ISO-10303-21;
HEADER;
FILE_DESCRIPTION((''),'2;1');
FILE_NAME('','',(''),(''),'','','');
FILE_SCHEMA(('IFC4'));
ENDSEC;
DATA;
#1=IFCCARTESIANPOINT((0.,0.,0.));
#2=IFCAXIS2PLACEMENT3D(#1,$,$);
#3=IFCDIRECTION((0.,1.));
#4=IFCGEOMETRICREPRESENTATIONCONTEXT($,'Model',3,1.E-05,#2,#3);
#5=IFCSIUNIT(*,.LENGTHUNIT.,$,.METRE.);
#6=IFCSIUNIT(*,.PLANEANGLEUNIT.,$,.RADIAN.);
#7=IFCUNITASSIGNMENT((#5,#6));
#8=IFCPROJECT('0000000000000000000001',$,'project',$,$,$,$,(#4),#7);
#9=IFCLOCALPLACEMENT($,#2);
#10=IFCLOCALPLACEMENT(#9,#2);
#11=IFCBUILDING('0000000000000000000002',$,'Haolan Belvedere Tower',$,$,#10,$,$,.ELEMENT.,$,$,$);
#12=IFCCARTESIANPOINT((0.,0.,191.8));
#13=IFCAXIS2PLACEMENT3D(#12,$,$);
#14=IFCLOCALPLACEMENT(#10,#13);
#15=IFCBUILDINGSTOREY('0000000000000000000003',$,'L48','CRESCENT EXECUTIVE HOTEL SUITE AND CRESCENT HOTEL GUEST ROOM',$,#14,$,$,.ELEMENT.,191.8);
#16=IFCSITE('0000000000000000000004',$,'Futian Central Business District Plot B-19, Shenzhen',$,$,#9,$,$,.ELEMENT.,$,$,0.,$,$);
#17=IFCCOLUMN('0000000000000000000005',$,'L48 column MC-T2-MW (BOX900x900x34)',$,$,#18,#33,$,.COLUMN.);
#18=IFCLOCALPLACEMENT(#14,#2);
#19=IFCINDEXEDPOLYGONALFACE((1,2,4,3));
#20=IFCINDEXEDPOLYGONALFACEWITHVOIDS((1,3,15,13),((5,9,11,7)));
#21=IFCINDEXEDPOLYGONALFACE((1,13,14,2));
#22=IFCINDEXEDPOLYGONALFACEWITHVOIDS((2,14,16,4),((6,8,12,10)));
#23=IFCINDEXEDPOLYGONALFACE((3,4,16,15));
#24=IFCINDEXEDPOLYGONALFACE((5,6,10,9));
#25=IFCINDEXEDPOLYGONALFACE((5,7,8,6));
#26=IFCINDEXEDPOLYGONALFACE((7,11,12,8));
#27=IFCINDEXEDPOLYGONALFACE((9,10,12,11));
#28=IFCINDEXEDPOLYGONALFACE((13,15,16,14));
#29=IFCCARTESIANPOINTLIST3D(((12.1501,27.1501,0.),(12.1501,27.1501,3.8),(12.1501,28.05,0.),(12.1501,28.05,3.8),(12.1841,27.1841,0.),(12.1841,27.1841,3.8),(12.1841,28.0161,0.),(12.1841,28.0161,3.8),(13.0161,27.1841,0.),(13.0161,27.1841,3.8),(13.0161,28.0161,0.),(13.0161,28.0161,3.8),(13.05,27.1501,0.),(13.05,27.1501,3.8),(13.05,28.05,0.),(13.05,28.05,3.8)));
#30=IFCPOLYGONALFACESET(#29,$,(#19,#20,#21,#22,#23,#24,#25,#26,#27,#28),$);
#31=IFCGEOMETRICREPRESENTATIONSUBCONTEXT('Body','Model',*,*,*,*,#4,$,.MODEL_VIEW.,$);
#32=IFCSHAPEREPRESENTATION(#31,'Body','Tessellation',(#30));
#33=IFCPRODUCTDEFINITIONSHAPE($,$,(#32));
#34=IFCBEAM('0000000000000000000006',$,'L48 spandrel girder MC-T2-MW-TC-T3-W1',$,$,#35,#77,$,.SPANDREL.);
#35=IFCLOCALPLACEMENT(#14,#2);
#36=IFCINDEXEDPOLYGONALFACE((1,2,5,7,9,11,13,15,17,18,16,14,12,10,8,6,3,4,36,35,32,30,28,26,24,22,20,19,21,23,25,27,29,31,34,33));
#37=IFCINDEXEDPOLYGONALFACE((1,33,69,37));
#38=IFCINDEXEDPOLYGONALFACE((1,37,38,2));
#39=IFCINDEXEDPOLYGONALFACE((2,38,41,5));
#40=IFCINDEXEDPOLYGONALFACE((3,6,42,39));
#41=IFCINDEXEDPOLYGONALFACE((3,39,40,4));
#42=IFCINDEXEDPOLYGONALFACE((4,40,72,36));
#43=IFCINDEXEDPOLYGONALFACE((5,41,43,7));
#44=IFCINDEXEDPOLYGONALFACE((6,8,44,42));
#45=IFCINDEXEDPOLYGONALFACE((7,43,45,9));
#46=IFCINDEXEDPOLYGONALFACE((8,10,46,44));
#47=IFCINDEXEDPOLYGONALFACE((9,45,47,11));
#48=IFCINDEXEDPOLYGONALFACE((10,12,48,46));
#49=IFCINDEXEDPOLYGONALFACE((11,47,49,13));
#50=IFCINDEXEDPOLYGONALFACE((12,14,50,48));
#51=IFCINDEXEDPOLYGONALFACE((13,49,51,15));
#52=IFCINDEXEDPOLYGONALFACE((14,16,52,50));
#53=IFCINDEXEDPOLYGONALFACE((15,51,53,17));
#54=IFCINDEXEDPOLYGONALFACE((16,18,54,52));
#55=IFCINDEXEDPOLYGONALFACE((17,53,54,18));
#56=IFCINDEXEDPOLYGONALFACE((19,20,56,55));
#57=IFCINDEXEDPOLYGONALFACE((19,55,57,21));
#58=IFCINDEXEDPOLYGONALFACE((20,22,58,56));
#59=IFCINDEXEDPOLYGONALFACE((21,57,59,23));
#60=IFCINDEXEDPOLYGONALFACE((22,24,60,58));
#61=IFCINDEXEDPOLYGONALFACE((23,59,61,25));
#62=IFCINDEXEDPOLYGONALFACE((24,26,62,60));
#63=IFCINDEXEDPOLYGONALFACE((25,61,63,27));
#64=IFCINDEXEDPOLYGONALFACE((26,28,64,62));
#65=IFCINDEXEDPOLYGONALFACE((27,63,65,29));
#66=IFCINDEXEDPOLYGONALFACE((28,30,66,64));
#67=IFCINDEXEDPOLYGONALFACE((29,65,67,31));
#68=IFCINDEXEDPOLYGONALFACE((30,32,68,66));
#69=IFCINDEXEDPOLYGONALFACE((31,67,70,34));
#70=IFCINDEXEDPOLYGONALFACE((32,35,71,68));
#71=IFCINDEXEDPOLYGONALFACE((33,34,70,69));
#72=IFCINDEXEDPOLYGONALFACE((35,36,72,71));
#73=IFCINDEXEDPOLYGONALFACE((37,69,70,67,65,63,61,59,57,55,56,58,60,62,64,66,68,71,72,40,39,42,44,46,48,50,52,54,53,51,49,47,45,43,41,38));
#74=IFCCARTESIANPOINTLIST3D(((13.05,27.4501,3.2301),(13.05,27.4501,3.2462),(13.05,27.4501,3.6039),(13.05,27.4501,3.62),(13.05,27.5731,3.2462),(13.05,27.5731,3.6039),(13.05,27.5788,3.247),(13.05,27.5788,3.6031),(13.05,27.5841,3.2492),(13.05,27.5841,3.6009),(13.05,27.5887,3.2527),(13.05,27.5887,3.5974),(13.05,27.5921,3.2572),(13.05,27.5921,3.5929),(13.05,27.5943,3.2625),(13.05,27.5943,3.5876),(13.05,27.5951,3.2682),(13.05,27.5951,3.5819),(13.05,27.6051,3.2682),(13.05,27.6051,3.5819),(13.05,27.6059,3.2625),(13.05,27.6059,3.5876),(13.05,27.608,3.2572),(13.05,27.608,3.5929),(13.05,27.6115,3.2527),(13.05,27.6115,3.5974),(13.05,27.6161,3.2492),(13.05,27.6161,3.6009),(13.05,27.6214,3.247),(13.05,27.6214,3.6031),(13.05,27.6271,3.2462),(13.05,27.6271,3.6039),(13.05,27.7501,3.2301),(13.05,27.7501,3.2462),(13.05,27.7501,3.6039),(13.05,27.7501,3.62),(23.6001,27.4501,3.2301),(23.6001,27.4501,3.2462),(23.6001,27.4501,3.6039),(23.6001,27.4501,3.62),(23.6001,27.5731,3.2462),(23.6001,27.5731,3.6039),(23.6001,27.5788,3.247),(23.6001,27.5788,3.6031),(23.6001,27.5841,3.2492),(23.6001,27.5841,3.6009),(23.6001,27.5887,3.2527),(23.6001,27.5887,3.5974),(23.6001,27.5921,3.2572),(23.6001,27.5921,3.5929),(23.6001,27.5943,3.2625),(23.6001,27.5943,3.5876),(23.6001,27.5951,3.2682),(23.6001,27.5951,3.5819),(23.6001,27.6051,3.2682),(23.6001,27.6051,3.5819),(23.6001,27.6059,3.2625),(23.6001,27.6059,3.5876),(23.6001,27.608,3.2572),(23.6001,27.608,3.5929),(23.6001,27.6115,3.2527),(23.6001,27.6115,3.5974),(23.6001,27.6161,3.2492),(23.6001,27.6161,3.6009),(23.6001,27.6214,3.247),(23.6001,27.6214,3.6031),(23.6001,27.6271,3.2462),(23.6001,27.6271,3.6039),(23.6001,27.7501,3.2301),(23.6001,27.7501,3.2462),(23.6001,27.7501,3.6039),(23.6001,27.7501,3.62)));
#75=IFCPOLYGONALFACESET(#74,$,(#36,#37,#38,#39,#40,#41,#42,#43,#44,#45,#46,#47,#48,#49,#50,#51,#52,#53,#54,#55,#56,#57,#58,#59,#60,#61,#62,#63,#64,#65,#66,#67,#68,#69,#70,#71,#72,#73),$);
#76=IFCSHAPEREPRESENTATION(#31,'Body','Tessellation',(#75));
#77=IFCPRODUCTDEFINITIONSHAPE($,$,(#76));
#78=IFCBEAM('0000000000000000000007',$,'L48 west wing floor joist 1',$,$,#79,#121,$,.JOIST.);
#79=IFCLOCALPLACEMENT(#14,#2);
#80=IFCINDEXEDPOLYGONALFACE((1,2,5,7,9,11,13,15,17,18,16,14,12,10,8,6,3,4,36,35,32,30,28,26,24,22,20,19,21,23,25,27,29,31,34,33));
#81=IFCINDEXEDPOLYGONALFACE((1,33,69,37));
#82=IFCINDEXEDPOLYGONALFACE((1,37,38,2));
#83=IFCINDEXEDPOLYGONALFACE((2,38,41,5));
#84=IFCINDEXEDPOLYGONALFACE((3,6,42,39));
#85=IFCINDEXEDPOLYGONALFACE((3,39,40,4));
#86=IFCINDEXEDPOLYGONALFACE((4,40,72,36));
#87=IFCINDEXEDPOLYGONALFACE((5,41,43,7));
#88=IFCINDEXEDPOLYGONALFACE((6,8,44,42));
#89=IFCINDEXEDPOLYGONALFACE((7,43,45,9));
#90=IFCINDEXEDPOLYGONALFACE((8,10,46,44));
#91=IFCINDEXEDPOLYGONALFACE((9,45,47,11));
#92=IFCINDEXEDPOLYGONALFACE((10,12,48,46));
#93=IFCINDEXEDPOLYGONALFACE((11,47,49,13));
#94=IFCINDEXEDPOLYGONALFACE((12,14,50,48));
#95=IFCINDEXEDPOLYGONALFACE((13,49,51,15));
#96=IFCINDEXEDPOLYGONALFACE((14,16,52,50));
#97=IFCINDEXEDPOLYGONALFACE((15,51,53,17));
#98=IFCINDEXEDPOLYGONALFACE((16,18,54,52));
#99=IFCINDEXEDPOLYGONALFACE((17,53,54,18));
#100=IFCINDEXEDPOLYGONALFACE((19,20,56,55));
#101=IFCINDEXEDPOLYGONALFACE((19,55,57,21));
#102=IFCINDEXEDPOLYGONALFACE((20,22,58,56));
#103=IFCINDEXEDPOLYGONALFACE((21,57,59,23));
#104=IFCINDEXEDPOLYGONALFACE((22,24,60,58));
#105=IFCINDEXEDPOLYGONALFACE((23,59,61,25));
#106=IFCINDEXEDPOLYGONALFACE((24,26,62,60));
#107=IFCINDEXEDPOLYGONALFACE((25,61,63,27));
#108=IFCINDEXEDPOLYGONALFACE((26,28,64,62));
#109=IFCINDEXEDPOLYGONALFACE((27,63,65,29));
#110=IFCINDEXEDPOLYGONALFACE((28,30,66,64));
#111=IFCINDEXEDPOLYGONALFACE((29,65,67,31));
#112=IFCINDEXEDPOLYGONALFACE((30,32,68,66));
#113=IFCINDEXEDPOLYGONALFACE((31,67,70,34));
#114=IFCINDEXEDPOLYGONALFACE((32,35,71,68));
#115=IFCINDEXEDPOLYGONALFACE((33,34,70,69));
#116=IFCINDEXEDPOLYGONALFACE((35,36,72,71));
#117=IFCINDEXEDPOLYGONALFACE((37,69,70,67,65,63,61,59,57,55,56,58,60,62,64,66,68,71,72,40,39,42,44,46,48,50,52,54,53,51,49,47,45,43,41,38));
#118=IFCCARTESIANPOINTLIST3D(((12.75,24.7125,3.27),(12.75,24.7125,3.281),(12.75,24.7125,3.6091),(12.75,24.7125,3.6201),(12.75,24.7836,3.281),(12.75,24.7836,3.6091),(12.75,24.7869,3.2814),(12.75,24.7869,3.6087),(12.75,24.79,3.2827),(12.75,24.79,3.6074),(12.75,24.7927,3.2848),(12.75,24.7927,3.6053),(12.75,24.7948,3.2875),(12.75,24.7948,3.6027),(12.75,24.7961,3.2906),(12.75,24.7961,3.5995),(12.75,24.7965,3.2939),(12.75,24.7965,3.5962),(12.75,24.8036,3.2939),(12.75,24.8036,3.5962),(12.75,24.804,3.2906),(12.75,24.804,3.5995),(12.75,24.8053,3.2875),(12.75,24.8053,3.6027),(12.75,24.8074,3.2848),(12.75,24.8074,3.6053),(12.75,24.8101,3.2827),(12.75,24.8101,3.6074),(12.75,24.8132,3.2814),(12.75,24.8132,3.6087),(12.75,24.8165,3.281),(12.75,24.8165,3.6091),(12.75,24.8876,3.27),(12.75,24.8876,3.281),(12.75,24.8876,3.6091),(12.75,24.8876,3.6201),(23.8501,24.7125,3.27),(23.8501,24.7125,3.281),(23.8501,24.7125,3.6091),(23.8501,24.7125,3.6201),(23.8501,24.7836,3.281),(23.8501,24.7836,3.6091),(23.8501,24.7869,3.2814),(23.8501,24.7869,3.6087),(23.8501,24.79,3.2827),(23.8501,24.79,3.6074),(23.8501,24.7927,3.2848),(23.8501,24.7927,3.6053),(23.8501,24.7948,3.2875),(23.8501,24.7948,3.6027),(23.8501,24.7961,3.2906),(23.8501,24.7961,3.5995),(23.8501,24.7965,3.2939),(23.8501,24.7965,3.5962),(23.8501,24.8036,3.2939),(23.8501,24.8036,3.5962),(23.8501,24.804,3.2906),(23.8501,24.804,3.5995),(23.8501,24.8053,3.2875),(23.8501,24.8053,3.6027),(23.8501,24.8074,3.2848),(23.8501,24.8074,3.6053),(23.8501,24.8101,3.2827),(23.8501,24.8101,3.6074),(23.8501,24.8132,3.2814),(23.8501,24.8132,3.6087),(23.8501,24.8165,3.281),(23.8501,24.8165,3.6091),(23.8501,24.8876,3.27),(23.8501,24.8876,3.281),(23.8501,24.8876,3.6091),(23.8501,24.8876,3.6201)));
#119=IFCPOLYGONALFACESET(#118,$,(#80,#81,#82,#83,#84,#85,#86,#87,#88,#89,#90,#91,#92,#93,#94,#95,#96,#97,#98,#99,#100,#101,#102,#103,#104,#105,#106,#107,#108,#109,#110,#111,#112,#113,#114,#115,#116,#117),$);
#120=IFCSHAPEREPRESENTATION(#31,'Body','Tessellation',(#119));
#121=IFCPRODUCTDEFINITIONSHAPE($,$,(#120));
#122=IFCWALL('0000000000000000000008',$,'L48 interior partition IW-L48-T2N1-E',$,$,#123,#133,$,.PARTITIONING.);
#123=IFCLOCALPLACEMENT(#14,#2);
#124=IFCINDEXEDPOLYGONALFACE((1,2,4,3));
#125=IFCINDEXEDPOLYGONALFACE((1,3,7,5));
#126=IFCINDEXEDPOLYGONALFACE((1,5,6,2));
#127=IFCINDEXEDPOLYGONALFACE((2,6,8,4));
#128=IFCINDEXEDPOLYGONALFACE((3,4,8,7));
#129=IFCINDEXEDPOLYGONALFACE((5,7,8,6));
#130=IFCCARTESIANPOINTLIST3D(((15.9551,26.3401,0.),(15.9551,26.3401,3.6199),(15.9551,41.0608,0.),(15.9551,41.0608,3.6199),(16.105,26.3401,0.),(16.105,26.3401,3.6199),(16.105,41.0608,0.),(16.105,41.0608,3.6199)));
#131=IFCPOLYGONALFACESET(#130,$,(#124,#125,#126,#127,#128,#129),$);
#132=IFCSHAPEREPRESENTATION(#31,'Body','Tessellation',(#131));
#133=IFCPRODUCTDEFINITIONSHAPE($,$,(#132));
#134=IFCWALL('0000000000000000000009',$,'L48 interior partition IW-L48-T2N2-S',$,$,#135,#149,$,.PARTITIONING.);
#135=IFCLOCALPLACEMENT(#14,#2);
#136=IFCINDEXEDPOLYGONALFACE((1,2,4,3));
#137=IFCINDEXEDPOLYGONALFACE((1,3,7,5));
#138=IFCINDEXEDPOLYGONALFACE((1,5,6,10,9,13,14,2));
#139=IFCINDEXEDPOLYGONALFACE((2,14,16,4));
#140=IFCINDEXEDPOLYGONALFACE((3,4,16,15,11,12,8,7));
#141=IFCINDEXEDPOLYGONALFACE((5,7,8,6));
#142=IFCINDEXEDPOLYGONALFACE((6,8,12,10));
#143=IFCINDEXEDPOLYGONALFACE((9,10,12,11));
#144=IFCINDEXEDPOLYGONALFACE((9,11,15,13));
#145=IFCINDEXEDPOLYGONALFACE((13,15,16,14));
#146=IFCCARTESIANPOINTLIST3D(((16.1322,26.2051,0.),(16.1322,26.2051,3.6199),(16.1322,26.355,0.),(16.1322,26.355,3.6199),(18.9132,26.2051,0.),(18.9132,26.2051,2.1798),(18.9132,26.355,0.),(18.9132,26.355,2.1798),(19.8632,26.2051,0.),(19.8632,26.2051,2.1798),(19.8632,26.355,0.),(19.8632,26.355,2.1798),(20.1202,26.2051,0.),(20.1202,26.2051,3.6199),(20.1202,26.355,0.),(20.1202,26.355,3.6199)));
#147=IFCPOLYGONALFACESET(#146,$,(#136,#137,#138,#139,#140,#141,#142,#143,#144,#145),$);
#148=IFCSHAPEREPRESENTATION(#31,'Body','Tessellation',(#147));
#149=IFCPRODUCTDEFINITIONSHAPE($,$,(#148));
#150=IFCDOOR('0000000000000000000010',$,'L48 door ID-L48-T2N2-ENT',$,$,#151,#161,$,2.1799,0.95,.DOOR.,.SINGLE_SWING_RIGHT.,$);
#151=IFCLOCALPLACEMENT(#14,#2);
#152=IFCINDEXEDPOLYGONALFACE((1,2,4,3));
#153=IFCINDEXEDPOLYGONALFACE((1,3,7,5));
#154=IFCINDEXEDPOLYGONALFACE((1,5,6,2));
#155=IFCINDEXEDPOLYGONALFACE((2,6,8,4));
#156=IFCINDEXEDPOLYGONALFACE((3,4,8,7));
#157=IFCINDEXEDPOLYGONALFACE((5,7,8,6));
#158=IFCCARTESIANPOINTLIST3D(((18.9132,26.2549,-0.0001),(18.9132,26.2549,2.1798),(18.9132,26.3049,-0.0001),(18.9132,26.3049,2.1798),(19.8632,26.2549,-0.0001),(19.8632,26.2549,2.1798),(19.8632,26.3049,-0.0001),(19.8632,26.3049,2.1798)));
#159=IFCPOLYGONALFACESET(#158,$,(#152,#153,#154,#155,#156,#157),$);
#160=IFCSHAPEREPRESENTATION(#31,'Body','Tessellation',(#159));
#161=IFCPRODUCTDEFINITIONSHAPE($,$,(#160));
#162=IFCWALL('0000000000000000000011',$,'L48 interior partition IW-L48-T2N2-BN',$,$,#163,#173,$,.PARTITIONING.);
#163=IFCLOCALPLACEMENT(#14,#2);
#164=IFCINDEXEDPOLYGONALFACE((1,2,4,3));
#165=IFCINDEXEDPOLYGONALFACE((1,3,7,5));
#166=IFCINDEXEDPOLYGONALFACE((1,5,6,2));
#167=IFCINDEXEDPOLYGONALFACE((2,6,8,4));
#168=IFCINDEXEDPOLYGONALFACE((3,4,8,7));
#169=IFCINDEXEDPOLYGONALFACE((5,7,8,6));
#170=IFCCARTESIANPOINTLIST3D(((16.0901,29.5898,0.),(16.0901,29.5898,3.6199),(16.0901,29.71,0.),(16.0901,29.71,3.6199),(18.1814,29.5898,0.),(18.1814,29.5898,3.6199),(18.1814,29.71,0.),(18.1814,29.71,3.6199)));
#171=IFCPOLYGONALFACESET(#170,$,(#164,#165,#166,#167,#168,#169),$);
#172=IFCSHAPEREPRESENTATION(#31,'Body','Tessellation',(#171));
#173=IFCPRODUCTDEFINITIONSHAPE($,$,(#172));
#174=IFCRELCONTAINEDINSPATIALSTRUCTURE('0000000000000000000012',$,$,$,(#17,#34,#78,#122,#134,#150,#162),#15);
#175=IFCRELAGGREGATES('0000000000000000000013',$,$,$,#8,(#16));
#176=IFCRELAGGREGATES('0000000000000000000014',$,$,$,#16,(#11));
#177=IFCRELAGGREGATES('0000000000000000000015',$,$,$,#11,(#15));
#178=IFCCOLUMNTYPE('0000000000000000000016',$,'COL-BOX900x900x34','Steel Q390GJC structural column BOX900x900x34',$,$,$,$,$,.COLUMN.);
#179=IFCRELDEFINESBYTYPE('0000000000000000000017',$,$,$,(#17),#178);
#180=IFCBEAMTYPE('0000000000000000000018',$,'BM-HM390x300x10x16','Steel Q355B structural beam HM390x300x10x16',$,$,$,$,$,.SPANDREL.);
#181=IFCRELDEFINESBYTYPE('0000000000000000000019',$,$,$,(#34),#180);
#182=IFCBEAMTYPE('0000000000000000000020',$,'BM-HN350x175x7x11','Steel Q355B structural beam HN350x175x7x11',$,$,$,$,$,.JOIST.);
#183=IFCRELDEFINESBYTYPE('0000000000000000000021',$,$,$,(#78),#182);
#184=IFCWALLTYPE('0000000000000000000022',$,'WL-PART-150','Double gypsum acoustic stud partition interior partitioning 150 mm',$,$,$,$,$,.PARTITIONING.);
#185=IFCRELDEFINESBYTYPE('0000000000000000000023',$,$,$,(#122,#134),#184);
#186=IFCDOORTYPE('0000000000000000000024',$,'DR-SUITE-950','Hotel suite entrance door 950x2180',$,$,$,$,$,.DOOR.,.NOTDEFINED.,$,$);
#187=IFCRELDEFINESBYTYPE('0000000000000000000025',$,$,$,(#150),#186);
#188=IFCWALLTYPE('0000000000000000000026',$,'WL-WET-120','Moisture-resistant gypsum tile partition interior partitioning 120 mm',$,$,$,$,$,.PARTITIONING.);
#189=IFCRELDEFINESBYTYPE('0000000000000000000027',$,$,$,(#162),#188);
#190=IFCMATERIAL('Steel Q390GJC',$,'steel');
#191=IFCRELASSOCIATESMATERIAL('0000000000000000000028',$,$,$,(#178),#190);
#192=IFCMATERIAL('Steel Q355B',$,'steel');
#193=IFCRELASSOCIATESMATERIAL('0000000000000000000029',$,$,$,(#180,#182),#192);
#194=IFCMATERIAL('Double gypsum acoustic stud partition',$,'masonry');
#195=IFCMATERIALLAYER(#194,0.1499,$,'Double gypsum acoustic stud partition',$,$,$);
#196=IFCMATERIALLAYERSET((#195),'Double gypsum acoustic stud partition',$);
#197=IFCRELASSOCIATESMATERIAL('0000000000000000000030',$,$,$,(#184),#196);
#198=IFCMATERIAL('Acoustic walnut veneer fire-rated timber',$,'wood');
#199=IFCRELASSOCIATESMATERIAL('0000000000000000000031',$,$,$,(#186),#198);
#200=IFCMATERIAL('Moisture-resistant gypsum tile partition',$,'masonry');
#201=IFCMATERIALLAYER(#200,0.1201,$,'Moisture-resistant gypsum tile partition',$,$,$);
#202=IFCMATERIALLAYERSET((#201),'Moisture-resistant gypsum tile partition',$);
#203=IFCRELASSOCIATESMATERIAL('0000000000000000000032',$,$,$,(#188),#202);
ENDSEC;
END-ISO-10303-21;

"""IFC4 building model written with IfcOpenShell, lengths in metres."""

from ifc_helpers import new_model, si_unit, direction, frame, frame_2d, origin, origin_2d, place, context, subcontext, project, spatial, rectangle, hollow_rectangle, i_section, extrude, material, layer, layer_set, material_profile, profile_set, type_object, element, fill, save


model = new_model("IFC4")

# Units and contexts
model_context = context("Model", 3, precision=1e-05, world=origin(), true_north=direction((0.0, 1.0)))
body_context = subcontext(model_context, "Body", "Model", "MODEL_VIEW")
ifc_project = project(units=[si_unit("LENGTHUNIT", "METRE"), si_unit("PLANEANGLEUNIT", "RADIAN")], contexts=[model_context])

# Site, building, storey
site_placement = place(None, origin())
site = spatial("IfcSite", under=ifc_project, at=site_placement, Name="Futian Central Business District Plot B-19, Shenzhen", CompositionType="ELEMENT", RefElevation=0.0)
building_placement = place(site_placement, origin())
building = spatial("IfcBuilding", under=site, at=building_placement, Name="Haolan Belvedere Tower", CompositionType="ELEMENT")
storey_placement = place(building_placement, frame((0.0, 0.0, 191.8)))
storey = spatial("IfcBuildingStorey", under=building, at=storey_placement, Name="L48", Description="CRESCENT EXECUTIVE HOTEL SUITE AND CRESCENT HOTEL GUEST ROOM", CompositionType="ELEMENT", Elevation=191.8)

# Column
ifc_material_1 = material(Name="Steel Q390GJC", Category="steel")
ifc_material_profile_1 = material_profile(ifc_material_1, hollow_rectangle(XDim=0.8999, YDim=0.8999, WallThickness=0.0339, at=origin_2d()), Name="Steel Q390GJC")
ifc_profile_set_1 = profile_set([ifc_material_profile_1], Name="Steel Q390GJC")
column_type = type_object("IfcColumnType", Name="COL-BOX900x900x34", Description="Steel Q390GJC structural column BOX900x900x34", PredefinedType="COLUMN", material=ifc_profile_set_1)
column_placement = place(storey_placement, frame((12.6001, 27.6001, 0.0), z_axis=(0.0, 0.0, 1.0), x_axis=(1.0, 0.0, 0.0)))
element("IfcColumn", 1, at=column_placement, inside=storey, type_object=column_type, Name="L48 column MC-T2-MW (BOX900x900x34)", PredefinedType="COLUMN", context=body_context, shape_type="SweptSolid", body=[
    extrude(hollow_rectangle(XDim=0.8999, YDim=0.8999, WallThickness=0.0339, at=origin_2d()), origin(), (0.0, 0.0, 1.0), 3.8),
])

# Beams
ifc_material_2 = material(Name="Steel Q355B", Category="steel")
ifc_material_profile_2 = material_profile(ifc_material_2, i_section(OverallWidth=0.3, OverallDepth=0.3899, WebThickness=0.01, FlangeThickness=0.0161, FilletRadius=0.022, at=origin_2d()), Name="Steel Q355B")
ifc_profile_set_2 = profile_set([ifc_material_profile_2], Name="Steel Q355B")
beam_type_1 = type_object("IfcBeamType", Name="BM-HM390x300x10x16", Description="Steel Q355B structural beam HM390x300x10x16", PredefinedType="SPANDREL", material=ifc_profile_set_2)
beam_1_placement = place(storey_placement, frame((13.05, 27.6001, 3.425), z_axis=(1.0, 0.0, 0.0), x_axis=(0.0, 1.0, 0.0)))
element("IfcBeam", 2, at=beam_1_placement, inside=storey, type_object=beam_type_1, Name="L48 spandrel girder MC-T2-MW-TC-T3-W1", PredefinedType="SPANDREL", context=body_context, shape_type="SweptSolid", body=[
    extrude(i_section(OverallWidth=0.3, OverallDepth=0.3899, WebThickness=0.01, FlangeThickness=0.0161, FilletRadius=0.022, at=origin_2d()), origin(), (0.0, 0.0, 1.0), 10.55),
])
ifc_material_profile_3 = material_profile(ifc_material_2, i_section(OverallWidth=0.175, OverallDepth=0.3501, WebThickness=0.0071, FlangeThickness=0.011, FilletRadius=0.0129, at=origin_2d()), Name="Steel Q355B")
ifc_profile_set_3 = profile_set([ifc_material_profile_3], Name="Steel Q355B")
beam_type_2 = type_object("IfcBeamType", Name="BM-HN350x175x7x11", Description="Steel Q355B structural beam HN350x175x7x11", PredefinedType="JOIST", material=ifc_profile_set_3)
beam_2_placement = place(storey_placement, frame((12.75, 24.8, 3.4451), z_axis=(1.0, 0.0, 0.0), x_axis=(0.0, 1.0, 0.0)))
element("IfcBeam", 3, at=beam_2_placement, inside=storey, type_object=beam_type_2, Name="L48 west wing floor joist 1", PredefinedType="JOIST", context=body_context, shape_type="SweptSolid", body=[
    extrude(i_section(OverallWidth=0.175, OverallDepth=0.3501, WebThickness=0.0071, FlangeThickness=0.011, FilletRadius=0.0129, at=origin_2d()), origin(), (0.0, 0.0, 1.0), 11.1001),
])

# Shared definitions
ifc_material_3 = material(Name="Double gypsum acoustic stud partition", Category="masonry")
ifc_layer_1 = layer(ifc_material_3, 0.1499, Name="Double gypsum acoustic stud partition")
ifc_layer_set_1 = layer_set([ifc_layer_1], Name="Double gypsum acoustic stud partition")
wall_type_1 = type_object("IfcWallType", Name="WL-PART-150", Description="Double gypsum acoustic stud partition interior partitioning 150 mm", PredefinedType="PARTITIONING", material=ifc_layer_set_1)

# Wall
wall_1_placement = place(storey_placement, frame((16.03, 26.3401, 0.0), z_axis=(0.0, 0.0, 1.0), x_axis=(0.0, 1.0, 0.0)))
element("IfcWall", 4, at=wall_1_placement, inside=storey, type_object=wall_type_1, Name="L48 interior partition IW-L48-T2N1-E", PredefinedType="PARTITIONING", context=body_context, shape_type="SweptSolid", body=[
    extrude(rectangle(XDim=14.7207, YDim=0.1499, at=frame_2d((7.3604, 0.0))), origin(), (0.0, 0.0, 1.0), 3.6199),
])

# Wall, opening, door
wall_2_placement = place(storey_placement, frame((16.1321, 26.28, 0.0), z_axis=(0.0, 0.0, 1.0), x_axis=(1.0, 0.0, 0.0)))
wall_2 = element("IfcWall", 5, at=wall_2_placement, inside=storey, type_object=wall_type_1, Name="L48 interior partition IW-L48-T2N2-S", PredefinedType="PARTITIONING", context=body_context, shape_type="SweptSolid", body=[
    extrude(rectangle(XDim=3.988, YDim=0.1499, at=frame_2d((1.9941, 0.0))), origin(), (0.0, 0.0, 1.0), 3.6199),
])
opening_1_placement = place(wall_2_placement, frame((2.781, 0.0, 0.0)))
opening_1 = element("IfcOpeningElement", 6, at=opening_1_placement, cuts=wall_2, PredefinedType="OPENING", context=body_context, shape_type="SweptSolid", body=[
    extrude(rectangle(XDim=0.95, YDim=2.1799, at=frame_2d((0.4751, 1.0898))), frame((0.0, 0.085, 0.0), z_axis=(0.0, -1.0, 0.0), x_axis=(1.0, 0.0, 0.0)), (0.0, 0.0, 1.0), 0.1699),
])
ifc_material_4 = material(Name="Acoustic walnut veneer fire-rated timber", Category="wood")
door_type_1 = type_object("IfcDoorType", Name="DR-SUITE-950", Description="Hotel suite entrance door 950x2180", OperationType="NOTDEFINED", PredefinedType="DOOR", material=ifc_material_4)
door_1_placement = place(opening_1_placement, origin())
door_1 = element("IfcDoor", 7, at=door_1_placement, inside=storey, type_object=door_type_1, Name="L48 door ID-L48-T2N2-ENT", OperationType="SINGLE_SWING_RIGHT", OverallHeight=2.1799, OverallWidth=0.95, PredefinedType="DOOR", context=body_context, shape_type="SweptSolid", body=[
    extrude(rectangle(XDim=0.95, YDim=2.1799, at=frame_2d((0.4751, 1.0898))), frame((0.0, 0.0249, 0.0), z_axis=(0.0, -1.0, 0.0), x_axis=(1.0, 0.0, 0.0)), (0.0, 0.0, 1.0), 0.05),
])
fill(opening_1, door_1)

# Wall
ifc_material_5 = material(Name="Moisture-resistant gypsum tile partition", Category="masonry")
ifc_layer_2 = layer(ifc_material_5, 0.1201, Name="Moisture-resistant gypsum tile partition")
ifc_layer_set_2 = layer_set([ifc_layer_2], Name="Moisture-resistant gypsum tile partition")
wall_type_2 = type_object("IfcWallType", Name="WL-WET-120", Description="Moisture-resistant gypsum tile partition interior partitioning 120 mm", PredefinedType="PARTITIONING", material=ifc_layer_set_2)
wall_3_placement = place(storey_placement, frame((16.0901, 29.6499, 0.0), z_axis=(0.0, 0.0, 1.0), x_axis=(1.0, 0.0, 0.0)))
element("IfcWall", 8, at=wall_3_placement, inside=storey, type_object=wall_type_2, Name="L48 interior partition IW-L48-T2N2-BN", PredefinedType="PARTITIONING", context=body_context, shape_type="SweptSolid", body=[
    extrude(rectangle(XDim=2.0913, YDim=0.1201, at=frame_2d((1.0457, 0.0))), origin(), (0.0, 0.0, 1.0), 3.6199),
])

save(model, "model.ifc")
